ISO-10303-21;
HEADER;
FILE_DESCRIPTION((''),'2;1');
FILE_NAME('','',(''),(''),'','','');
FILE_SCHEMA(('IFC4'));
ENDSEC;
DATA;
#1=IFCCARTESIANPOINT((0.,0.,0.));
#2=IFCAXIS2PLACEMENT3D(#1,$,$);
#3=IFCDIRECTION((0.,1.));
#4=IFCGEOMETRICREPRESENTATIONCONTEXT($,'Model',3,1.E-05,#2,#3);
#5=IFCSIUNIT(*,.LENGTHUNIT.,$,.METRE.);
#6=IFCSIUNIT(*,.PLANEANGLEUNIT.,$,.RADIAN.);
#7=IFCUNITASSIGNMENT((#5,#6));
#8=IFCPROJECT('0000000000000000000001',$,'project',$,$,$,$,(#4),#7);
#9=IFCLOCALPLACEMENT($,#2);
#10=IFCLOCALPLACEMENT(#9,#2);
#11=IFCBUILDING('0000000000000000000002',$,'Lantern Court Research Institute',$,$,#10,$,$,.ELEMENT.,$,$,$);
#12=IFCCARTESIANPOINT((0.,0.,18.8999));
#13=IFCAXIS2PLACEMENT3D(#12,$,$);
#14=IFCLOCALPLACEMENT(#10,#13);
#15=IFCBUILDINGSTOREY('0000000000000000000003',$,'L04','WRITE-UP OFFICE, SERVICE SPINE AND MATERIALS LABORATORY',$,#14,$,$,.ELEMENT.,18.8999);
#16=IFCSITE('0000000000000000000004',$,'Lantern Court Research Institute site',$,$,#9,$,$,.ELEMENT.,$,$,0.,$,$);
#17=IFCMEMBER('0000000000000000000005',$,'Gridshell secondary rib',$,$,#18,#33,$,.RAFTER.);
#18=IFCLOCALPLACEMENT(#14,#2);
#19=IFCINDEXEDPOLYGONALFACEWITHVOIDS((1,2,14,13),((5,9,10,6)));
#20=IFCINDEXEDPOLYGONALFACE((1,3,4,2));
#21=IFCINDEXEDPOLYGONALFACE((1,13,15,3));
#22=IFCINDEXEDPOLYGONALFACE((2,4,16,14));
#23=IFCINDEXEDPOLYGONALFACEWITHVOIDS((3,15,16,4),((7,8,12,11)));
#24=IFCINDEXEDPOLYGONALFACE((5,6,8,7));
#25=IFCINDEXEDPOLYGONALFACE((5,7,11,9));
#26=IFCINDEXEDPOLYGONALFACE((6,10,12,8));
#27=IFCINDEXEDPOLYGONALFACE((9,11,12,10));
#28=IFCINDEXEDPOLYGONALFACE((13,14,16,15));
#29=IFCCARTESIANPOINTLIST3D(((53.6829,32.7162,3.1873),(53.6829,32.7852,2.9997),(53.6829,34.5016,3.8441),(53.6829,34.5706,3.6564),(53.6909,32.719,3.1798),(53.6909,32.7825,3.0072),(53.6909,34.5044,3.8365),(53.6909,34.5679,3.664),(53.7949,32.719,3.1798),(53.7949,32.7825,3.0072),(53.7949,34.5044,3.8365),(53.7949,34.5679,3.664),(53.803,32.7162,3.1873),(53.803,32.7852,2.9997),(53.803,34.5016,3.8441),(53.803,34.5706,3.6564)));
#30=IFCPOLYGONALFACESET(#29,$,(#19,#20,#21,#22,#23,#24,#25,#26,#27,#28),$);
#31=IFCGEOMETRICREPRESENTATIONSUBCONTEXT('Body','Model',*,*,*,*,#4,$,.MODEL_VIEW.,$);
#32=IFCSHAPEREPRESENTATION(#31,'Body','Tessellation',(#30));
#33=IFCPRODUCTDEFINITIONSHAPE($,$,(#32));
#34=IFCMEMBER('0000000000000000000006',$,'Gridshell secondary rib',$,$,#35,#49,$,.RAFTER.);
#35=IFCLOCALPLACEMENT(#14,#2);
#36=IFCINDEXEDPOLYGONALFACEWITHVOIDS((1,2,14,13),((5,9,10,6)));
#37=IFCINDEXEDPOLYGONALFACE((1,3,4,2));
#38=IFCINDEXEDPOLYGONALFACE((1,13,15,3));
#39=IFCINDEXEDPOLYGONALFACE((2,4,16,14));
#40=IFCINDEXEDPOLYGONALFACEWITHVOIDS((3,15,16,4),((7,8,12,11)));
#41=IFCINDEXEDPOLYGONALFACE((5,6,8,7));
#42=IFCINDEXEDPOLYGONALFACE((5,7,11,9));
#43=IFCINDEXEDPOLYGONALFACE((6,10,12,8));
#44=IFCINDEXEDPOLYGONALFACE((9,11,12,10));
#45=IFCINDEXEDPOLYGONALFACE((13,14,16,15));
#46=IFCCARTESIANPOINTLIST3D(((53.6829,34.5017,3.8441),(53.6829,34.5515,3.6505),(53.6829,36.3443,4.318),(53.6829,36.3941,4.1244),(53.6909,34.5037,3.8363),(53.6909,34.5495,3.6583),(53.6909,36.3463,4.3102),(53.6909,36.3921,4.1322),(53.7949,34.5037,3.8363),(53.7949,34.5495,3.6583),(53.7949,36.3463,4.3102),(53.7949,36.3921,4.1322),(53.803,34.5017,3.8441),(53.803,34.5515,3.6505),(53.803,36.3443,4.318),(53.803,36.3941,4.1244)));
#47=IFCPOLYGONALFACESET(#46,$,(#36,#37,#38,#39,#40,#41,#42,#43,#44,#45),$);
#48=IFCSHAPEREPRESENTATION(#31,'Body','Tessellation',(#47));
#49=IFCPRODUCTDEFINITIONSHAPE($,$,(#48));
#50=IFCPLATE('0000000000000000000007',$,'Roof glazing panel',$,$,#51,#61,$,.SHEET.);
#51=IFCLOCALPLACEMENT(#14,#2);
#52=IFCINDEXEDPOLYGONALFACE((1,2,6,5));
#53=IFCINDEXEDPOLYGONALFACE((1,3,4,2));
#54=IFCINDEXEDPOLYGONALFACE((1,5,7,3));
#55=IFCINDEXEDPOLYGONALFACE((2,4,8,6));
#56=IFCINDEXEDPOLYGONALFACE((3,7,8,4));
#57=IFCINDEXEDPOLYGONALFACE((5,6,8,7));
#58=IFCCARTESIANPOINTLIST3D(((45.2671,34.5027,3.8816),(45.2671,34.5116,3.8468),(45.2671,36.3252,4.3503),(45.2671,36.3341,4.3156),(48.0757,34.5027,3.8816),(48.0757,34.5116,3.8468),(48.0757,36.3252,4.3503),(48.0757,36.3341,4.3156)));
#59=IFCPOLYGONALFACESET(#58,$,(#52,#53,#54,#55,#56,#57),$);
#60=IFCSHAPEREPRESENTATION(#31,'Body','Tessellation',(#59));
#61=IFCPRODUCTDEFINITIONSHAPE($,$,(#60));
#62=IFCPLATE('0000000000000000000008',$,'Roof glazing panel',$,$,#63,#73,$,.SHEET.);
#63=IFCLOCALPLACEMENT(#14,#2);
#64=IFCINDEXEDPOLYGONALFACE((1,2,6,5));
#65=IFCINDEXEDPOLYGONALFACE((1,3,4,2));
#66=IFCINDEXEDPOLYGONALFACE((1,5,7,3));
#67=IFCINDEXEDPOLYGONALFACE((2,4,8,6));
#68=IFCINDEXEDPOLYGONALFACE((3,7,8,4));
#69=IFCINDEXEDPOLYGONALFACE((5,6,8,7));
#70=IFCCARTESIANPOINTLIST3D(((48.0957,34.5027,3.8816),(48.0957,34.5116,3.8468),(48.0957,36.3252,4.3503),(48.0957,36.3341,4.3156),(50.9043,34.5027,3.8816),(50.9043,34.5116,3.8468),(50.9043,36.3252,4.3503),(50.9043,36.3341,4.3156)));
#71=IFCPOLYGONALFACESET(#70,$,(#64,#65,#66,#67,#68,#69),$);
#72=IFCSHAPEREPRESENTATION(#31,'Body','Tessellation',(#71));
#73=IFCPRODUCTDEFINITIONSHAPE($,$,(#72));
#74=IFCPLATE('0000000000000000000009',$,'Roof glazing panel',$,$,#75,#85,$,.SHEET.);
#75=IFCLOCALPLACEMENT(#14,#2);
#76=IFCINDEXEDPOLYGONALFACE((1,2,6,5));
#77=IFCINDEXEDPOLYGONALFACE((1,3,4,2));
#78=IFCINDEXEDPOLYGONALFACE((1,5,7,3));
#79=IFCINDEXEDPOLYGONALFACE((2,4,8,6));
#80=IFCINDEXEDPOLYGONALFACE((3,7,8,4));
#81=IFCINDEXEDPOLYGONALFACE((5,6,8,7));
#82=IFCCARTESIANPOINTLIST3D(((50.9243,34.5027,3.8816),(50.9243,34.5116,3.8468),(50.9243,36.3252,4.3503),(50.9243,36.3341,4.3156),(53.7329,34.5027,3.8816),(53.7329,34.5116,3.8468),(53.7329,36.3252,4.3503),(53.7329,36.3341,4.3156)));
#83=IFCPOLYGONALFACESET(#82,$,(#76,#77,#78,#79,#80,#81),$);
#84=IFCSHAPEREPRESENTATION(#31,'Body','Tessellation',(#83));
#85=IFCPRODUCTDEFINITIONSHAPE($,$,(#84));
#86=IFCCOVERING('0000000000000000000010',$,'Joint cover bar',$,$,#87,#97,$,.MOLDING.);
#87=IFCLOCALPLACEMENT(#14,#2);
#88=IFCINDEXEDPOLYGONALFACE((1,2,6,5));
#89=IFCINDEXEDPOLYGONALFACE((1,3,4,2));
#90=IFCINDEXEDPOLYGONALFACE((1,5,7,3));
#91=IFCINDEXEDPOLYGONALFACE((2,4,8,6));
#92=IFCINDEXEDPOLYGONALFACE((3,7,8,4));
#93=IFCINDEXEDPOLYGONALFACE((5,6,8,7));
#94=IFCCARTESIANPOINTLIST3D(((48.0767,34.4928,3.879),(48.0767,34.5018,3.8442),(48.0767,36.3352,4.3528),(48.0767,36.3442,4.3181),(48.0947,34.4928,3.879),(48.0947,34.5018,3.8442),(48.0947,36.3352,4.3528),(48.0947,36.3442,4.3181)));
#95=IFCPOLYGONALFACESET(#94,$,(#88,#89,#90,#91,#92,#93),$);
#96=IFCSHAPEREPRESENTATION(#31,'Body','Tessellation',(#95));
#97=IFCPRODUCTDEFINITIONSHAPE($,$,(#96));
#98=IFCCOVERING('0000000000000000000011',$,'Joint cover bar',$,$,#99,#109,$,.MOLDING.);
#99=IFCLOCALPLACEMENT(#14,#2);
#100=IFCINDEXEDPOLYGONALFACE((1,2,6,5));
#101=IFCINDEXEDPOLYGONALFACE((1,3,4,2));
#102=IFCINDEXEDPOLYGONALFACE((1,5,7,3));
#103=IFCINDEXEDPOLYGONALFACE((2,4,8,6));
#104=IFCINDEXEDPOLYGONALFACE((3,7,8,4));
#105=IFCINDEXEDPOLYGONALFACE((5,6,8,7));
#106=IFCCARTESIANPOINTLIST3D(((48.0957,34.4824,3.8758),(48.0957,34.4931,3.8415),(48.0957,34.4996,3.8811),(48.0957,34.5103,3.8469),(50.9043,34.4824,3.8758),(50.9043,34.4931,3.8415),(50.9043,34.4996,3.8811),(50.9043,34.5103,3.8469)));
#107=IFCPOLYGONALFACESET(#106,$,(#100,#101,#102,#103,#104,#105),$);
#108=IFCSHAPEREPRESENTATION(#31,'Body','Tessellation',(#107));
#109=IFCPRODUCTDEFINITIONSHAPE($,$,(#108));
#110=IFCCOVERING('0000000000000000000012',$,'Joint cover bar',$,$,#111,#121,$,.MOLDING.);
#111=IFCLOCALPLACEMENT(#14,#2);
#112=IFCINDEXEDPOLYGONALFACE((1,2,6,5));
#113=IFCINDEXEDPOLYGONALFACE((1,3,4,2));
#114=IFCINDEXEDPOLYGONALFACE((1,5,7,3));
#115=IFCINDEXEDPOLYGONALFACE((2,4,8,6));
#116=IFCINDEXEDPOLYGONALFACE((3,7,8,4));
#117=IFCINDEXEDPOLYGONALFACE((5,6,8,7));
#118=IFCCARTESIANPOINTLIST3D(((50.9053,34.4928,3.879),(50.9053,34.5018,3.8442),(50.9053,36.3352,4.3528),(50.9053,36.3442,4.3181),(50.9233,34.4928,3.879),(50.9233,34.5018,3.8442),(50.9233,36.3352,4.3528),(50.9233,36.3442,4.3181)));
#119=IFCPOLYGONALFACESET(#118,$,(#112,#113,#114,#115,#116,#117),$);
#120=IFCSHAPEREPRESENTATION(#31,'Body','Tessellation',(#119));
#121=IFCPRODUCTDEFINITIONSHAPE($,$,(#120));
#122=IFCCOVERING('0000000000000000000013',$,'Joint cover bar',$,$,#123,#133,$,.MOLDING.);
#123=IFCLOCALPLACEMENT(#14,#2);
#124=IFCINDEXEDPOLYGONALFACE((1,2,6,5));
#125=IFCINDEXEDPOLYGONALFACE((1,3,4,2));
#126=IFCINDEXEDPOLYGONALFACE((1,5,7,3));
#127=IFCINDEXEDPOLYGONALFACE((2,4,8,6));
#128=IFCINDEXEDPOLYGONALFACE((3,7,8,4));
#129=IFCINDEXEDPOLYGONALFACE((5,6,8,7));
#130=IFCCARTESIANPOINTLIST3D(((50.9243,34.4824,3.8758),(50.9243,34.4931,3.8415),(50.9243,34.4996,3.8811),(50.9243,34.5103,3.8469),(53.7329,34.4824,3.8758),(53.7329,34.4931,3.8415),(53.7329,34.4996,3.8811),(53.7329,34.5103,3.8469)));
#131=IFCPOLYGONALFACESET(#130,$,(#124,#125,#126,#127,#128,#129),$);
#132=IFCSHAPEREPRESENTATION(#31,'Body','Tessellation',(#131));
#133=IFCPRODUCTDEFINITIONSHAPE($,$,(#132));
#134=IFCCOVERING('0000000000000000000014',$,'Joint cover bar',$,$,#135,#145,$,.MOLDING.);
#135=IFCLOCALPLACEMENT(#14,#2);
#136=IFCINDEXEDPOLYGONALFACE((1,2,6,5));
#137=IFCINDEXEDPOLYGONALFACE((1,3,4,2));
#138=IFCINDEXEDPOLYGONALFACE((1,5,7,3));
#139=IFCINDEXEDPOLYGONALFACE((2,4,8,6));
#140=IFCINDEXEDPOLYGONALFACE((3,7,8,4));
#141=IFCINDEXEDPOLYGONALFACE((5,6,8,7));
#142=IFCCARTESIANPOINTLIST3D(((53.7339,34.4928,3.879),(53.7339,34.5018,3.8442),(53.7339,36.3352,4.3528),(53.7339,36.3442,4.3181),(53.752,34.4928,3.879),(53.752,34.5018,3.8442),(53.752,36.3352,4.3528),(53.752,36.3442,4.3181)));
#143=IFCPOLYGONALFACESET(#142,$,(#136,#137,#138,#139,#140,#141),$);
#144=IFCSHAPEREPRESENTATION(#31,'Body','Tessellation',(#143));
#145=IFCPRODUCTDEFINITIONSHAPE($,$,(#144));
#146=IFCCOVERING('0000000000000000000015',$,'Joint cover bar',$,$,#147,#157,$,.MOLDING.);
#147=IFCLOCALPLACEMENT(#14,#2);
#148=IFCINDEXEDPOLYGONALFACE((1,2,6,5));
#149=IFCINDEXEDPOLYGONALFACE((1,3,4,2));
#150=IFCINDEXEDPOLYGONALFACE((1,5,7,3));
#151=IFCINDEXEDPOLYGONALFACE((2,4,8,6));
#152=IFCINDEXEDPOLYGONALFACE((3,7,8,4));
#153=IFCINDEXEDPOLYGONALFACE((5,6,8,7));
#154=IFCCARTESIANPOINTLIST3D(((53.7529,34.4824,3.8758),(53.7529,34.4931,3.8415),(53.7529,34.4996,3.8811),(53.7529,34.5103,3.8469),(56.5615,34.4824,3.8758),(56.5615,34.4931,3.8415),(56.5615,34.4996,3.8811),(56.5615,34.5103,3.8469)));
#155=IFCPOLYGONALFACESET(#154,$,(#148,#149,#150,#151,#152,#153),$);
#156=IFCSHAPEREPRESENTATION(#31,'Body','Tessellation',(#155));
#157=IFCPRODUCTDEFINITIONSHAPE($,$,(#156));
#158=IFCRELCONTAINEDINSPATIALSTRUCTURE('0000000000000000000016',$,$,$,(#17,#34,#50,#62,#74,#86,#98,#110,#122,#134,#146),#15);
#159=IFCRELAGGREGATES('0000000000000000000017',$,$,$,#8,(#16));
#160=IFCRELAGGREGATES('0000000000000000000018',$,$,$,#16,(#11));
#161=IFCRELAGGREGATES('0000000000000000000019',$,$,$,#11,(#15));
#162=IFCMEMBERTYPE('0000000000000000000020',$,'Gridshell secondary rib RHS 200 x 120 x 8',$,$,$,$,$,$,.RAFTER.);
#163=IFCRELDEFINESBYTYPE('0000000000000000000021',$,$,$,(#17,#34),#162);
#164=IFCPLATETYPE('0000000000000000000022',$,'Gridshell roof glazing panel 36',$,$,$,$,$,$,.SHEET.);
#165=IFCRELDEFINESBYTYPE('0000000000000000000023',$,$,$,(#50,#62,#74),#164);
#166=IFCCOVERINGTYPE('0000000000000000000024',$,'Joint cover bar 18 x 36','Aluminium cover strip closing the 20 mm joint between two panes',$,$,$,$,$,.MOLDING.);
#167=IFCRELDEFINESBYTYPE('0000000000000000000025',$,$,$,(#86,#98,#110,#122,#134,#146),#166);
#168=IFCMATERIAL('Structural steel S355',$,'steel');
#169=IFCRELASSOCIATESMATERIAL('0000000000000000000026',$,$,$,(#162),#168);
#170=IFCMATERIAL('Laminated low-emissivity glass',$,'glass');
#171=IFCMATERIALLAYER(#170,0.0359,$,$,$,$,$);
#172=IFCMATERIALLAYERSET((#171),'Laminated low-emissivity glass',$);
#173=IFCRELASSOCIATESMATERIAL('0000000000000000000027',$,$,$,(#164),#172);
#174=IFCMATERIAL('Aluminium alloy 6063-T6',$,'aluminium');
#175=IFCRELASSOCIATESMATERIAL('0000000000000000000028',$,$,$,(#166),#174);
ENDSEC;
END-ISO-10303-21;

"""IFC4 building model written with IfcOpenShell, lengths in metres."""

from ifc_helpers import new_model, si_unit, direction, frame, origin, origin_2d, place, context, subcontext, project, spatial, polyline, rectangle, hollow_rectangle, outline, extrude, material, layer, layer_set, material_profile, profile_set, type_object, element, save


model = new_model("IFC4")

# Units and contexts
model_context = context("Model", 3, precision=1e-05, world=origin(), true_north=direction((0.0, 1.0)))
body_context = subcontext(model_context, "Body", "Model", "MODEL_VIEW")
ifc_project = project(units=[si_unit("LENGTHUNIT", "METRE"), si_unit("PLANEANGLEUNIT", "RADIAN")], contexts=[model_context])

# Site, building, storey
site_placement = place(None, origin())
site = spatial("IfcSite", under=ifc_project, at=site_placement, Name="Lantern Court Research Institute site", CompositionType="ELEMENT", RefElevation=0.0)
building_placement = place(site_placement, origin())
building = spatial("IfcBuilding", under=site, at=building_placement, Name="Lantern Court Research Institute", CompositionType="ELEMENT")
storey_placement = place(building_placement, frame((0.0, 0.0, 18.8999)))
storey = spatial("IfcBuildingStorey", under=building, at=storey_placement, Name="L04", Description="WRITE-UP OFFICE, SERVICE SPINE AND MATERIALS LABORATORY", CompositionType="ELEMENT", Elevation=18.8999)

# Members
ifc_material_1 = material(Name="Structural steel S355", Category="steel")
ifc_material_profile_1 = material_profile(ifc_material_1, hollow_rectangle(XDim=0.1201, YDim=0.2, WallThickness=0.0081, at=origin_2d()), Name="Gridshell secondary rib RHS 200 x 120 x 8")
ifc_profile_set_1 = profile_set([ifc_material_profile_1], Name="Structural steel S355")
member_type_1 = type_object("IfcMemberType", Name="Gridshell secondary rib RHS 200 x 120 x 8", PredefinedType="RAFTER", material=ifc_profile_set_1)
member_1_placement = place(storey_placement, frame((53.7429, 32.7507, 3.0935), z_axis=(0.0, 0.93852, 0.345224), x_axis=(-1.0, 0.0, 0.0)))
element("IfcMember", 1, at=member_1_placement, inside=storey, type_object=member_type_1, Name="Gridshell secondary rib", PredefinedType="RAFTER", context=body_context, shape_type="SweptSolid", body=[
    extrude(hollow_rectangle(XDim=0.1201, YDim=0.2, WallThickness=0.0081, at=origin_2d()), origin(), (0.0, 0.0, 1.0), 1.9023),
])
member_2_placement = place(storey_placement, frame((53.7429, 34.5266, 3.7473), z_axis=(0.0, 0.968482, 0.249082), x_axis=(-1.0, 0.0, 0.0)))
element("IfcMember", 2, at=member_2_placement, inside=storey, type_object=member_type_1, Name="Gridshell secondary rib", PredefinedType="RAFTER", context=body_context, shape_type="SweptSolid", body=[
    extrude(hollow_rectangle(XDim=0.1201, YDim=0.2, WallThickness=0.0081, at=origin_2d()), origin(), (0.0, 0.0, 1.0), 1.9026),
])

# Plates
ifc_material_2 = material(Name="Laminated low-emissivity glass", Category="glass")
ifc_layer = layer(ifc_material_2, 0.0359)
ifc_layer_set = layer_set([ifc_layer], Name="Laminated low-emissivity glass")
plate_type = type_object("IfcPlateType", Name="Gridshell roof glazing panel 36", PredefinedType="SHEET", material=ifc_layer_set)
for number, where, z_axis, x_axis, name in (
    (3, (48.0757, 34.5027, 3.8816), (0.0, -0.249093, 0.96848), (-1.0, 0.0, 0.0), "Roof glazing panel"),
    (4, (50.9043, 34.5027, 3.8816), (0.0, -0.249093, 0.96848), (-1.0, 0.0, 0.0), "Roof glazing panel"),
    (5, (53.7329, 34.5027, 3.8816), (0.0, -0.249093, 0.96848), (-1.0, 0.0, 0.0), "Roof glazing panel"),
):
    element("IfcPlate", number, at=place(storey_placement, frame(where, z_axis=z_axis, x_axis=x_axis)), inside=storey, type_object=plate_type, Name=name, PredefinedType="SHEET", context=body_context, shape_type="SweptSolid", body=[
        extrude(outline(polyline([(0.0, 0.0), (2.8086, 0.0), (2.8086, -1.8818), (0.0, -1.8818), (0.0, 0.0)])), origin(), (0.0, 0.0, -1.0), 0.0359),
    ])

# Coverings
ifc_material_3 = material(Name="Aluminium alloy 6063-T6", Category="aluminium")
ifc_material_profile_2 = material_profile(ifc_material_3, rectangle(XDim=0.0181, YDim=0.0359, at=origin_2d()), Name="Joint cover bar 18 x 36")
ifc_profile_set_2 = profile_set([ifc_material_profile_2], Name="Aluminium alloy 6063-T6")
covering_type = type_object("IfcCoveringType", Name="Joint cover bar 18 x 36", Description="Aluminium cover strip closing the 20 mm joint between two panes", PredefinedType="MOLDING", material=ifc_profile_set_2)
covering_1_placement = place(storey_placement, frame((48.0857, 34.4973, 3.8616), z_axis=(0.0, 0.968474, 0.249113), x_axis=(-1.0, 0.0, 0.0)))
element("IfcCovering", 6, at=covering_1_placement, inside=storey, type_object=covering_type, Name="Joint cover bar", PredefinedType="MOLDING", context=body_context, shape_type="SweptSolid", body=[
    extrude(rectangle(XDim=0.0181, YDim=0.0359, at=origin_2d()), origin(), (0.0, 0.0, 1.0), 1.9023),
])
covering_2_placement = place(storey_placement, frame((48.0957, 34.4963, 3.8613), z_axis=(1.0, 0.0, 0.0), x_axis=(0.0, 0.954713, 0.297528)))
element("IfcCovering", 7, at=covering_2_placement, inside=storey, type_object=covering_type, Name="Joint cover bar", PredefinedType="MOLDING", context=body_context, shape_type="SweptSolid", body=[
    extrude(rectangle(XDim=0.0181, YDim=0.0359, at=origin_2d()), origin(), (0.0, 0.0, 1.0), 2.8086),
])
covering_3_placement = place(storey_placement, frame((50.9143, 34.4973, 3.8616), z_axis=(0.0, 0.968474, 0.249113), x_axis=(-1.0, 0.0, 0.0)))
element("IfcCovering", 8, at=covering_3_placement, inside=storey, type_object=covering_type, Name="Joint cover bar", PredefinedType="MOLDING", context=body_context, shape_type="SweptSolid", body=[
    extrude(rectangle(XDim=0.0181, YDim=0.0359, at=origin_2d()), origin(), (0.0, 0.0, 1.0), 1.9023),
])
covering_4_placement = place(storey_placement, frame((50.9243, 34.4963, 3.8613), z_axis=(1.0, 0.0, 0.0), x_axis=(0.0, 0.954713, 0.297528)))
element("IfcCovering", 9, at=covering_4_placement, inside=storey, type_object=covering_type, Name="Joint cover bar", PredefinedType="MOLDING", context=body_context, shape_type="SweptSolid", body=[
    extrude(rectangle(XDim=0.0181, YDim=0.0359, at=origin_2d()), origin(), (0.0, 0.0, 1.0), 2.8086),
])
covering_5_placement = place(storey_placement, frame((53.7429, 34.4973, 3.8616), z_axis=(0.0, 0.968474, 0.249113), x_axis=(-1.0, 0.0, 0.0)))
element("IfcCovering", 10, at=covering_5_placement, inside=storey, type_object=covering_type, Name="Joint cover bar", PredefinedType="MOLDING", context=body_context, shape_type="SweptSolid", body=[
    extrude(rectangle(XDim=0.0181, YDim=0.0359, at=origin_2d()), origin(), (0.0, 0.0, 1.0), 1.9023),
])
covering_6_placement = place(storey_placement, frame((53.7529, 34.4963, 3.8613), z_axis=(1.0, 0.0, 0.0), x_axis=(0.0, 0.954713, 0.297528)))
element("IfcCovering", 11, at=covering_6_placement, inside=storey, type_object=covering_type, Name="Joint cover bar", PredefinedType="MOLDING", context=body_context, shape_type="SweptSolid", body=[
    extrude(rectangle(XDim=0.0181, YDim=0.0359, at=origin_2d()), origin(), (0.0, 0.0, 1.0), 2.8086),
])

save(model, "model.ifc")
